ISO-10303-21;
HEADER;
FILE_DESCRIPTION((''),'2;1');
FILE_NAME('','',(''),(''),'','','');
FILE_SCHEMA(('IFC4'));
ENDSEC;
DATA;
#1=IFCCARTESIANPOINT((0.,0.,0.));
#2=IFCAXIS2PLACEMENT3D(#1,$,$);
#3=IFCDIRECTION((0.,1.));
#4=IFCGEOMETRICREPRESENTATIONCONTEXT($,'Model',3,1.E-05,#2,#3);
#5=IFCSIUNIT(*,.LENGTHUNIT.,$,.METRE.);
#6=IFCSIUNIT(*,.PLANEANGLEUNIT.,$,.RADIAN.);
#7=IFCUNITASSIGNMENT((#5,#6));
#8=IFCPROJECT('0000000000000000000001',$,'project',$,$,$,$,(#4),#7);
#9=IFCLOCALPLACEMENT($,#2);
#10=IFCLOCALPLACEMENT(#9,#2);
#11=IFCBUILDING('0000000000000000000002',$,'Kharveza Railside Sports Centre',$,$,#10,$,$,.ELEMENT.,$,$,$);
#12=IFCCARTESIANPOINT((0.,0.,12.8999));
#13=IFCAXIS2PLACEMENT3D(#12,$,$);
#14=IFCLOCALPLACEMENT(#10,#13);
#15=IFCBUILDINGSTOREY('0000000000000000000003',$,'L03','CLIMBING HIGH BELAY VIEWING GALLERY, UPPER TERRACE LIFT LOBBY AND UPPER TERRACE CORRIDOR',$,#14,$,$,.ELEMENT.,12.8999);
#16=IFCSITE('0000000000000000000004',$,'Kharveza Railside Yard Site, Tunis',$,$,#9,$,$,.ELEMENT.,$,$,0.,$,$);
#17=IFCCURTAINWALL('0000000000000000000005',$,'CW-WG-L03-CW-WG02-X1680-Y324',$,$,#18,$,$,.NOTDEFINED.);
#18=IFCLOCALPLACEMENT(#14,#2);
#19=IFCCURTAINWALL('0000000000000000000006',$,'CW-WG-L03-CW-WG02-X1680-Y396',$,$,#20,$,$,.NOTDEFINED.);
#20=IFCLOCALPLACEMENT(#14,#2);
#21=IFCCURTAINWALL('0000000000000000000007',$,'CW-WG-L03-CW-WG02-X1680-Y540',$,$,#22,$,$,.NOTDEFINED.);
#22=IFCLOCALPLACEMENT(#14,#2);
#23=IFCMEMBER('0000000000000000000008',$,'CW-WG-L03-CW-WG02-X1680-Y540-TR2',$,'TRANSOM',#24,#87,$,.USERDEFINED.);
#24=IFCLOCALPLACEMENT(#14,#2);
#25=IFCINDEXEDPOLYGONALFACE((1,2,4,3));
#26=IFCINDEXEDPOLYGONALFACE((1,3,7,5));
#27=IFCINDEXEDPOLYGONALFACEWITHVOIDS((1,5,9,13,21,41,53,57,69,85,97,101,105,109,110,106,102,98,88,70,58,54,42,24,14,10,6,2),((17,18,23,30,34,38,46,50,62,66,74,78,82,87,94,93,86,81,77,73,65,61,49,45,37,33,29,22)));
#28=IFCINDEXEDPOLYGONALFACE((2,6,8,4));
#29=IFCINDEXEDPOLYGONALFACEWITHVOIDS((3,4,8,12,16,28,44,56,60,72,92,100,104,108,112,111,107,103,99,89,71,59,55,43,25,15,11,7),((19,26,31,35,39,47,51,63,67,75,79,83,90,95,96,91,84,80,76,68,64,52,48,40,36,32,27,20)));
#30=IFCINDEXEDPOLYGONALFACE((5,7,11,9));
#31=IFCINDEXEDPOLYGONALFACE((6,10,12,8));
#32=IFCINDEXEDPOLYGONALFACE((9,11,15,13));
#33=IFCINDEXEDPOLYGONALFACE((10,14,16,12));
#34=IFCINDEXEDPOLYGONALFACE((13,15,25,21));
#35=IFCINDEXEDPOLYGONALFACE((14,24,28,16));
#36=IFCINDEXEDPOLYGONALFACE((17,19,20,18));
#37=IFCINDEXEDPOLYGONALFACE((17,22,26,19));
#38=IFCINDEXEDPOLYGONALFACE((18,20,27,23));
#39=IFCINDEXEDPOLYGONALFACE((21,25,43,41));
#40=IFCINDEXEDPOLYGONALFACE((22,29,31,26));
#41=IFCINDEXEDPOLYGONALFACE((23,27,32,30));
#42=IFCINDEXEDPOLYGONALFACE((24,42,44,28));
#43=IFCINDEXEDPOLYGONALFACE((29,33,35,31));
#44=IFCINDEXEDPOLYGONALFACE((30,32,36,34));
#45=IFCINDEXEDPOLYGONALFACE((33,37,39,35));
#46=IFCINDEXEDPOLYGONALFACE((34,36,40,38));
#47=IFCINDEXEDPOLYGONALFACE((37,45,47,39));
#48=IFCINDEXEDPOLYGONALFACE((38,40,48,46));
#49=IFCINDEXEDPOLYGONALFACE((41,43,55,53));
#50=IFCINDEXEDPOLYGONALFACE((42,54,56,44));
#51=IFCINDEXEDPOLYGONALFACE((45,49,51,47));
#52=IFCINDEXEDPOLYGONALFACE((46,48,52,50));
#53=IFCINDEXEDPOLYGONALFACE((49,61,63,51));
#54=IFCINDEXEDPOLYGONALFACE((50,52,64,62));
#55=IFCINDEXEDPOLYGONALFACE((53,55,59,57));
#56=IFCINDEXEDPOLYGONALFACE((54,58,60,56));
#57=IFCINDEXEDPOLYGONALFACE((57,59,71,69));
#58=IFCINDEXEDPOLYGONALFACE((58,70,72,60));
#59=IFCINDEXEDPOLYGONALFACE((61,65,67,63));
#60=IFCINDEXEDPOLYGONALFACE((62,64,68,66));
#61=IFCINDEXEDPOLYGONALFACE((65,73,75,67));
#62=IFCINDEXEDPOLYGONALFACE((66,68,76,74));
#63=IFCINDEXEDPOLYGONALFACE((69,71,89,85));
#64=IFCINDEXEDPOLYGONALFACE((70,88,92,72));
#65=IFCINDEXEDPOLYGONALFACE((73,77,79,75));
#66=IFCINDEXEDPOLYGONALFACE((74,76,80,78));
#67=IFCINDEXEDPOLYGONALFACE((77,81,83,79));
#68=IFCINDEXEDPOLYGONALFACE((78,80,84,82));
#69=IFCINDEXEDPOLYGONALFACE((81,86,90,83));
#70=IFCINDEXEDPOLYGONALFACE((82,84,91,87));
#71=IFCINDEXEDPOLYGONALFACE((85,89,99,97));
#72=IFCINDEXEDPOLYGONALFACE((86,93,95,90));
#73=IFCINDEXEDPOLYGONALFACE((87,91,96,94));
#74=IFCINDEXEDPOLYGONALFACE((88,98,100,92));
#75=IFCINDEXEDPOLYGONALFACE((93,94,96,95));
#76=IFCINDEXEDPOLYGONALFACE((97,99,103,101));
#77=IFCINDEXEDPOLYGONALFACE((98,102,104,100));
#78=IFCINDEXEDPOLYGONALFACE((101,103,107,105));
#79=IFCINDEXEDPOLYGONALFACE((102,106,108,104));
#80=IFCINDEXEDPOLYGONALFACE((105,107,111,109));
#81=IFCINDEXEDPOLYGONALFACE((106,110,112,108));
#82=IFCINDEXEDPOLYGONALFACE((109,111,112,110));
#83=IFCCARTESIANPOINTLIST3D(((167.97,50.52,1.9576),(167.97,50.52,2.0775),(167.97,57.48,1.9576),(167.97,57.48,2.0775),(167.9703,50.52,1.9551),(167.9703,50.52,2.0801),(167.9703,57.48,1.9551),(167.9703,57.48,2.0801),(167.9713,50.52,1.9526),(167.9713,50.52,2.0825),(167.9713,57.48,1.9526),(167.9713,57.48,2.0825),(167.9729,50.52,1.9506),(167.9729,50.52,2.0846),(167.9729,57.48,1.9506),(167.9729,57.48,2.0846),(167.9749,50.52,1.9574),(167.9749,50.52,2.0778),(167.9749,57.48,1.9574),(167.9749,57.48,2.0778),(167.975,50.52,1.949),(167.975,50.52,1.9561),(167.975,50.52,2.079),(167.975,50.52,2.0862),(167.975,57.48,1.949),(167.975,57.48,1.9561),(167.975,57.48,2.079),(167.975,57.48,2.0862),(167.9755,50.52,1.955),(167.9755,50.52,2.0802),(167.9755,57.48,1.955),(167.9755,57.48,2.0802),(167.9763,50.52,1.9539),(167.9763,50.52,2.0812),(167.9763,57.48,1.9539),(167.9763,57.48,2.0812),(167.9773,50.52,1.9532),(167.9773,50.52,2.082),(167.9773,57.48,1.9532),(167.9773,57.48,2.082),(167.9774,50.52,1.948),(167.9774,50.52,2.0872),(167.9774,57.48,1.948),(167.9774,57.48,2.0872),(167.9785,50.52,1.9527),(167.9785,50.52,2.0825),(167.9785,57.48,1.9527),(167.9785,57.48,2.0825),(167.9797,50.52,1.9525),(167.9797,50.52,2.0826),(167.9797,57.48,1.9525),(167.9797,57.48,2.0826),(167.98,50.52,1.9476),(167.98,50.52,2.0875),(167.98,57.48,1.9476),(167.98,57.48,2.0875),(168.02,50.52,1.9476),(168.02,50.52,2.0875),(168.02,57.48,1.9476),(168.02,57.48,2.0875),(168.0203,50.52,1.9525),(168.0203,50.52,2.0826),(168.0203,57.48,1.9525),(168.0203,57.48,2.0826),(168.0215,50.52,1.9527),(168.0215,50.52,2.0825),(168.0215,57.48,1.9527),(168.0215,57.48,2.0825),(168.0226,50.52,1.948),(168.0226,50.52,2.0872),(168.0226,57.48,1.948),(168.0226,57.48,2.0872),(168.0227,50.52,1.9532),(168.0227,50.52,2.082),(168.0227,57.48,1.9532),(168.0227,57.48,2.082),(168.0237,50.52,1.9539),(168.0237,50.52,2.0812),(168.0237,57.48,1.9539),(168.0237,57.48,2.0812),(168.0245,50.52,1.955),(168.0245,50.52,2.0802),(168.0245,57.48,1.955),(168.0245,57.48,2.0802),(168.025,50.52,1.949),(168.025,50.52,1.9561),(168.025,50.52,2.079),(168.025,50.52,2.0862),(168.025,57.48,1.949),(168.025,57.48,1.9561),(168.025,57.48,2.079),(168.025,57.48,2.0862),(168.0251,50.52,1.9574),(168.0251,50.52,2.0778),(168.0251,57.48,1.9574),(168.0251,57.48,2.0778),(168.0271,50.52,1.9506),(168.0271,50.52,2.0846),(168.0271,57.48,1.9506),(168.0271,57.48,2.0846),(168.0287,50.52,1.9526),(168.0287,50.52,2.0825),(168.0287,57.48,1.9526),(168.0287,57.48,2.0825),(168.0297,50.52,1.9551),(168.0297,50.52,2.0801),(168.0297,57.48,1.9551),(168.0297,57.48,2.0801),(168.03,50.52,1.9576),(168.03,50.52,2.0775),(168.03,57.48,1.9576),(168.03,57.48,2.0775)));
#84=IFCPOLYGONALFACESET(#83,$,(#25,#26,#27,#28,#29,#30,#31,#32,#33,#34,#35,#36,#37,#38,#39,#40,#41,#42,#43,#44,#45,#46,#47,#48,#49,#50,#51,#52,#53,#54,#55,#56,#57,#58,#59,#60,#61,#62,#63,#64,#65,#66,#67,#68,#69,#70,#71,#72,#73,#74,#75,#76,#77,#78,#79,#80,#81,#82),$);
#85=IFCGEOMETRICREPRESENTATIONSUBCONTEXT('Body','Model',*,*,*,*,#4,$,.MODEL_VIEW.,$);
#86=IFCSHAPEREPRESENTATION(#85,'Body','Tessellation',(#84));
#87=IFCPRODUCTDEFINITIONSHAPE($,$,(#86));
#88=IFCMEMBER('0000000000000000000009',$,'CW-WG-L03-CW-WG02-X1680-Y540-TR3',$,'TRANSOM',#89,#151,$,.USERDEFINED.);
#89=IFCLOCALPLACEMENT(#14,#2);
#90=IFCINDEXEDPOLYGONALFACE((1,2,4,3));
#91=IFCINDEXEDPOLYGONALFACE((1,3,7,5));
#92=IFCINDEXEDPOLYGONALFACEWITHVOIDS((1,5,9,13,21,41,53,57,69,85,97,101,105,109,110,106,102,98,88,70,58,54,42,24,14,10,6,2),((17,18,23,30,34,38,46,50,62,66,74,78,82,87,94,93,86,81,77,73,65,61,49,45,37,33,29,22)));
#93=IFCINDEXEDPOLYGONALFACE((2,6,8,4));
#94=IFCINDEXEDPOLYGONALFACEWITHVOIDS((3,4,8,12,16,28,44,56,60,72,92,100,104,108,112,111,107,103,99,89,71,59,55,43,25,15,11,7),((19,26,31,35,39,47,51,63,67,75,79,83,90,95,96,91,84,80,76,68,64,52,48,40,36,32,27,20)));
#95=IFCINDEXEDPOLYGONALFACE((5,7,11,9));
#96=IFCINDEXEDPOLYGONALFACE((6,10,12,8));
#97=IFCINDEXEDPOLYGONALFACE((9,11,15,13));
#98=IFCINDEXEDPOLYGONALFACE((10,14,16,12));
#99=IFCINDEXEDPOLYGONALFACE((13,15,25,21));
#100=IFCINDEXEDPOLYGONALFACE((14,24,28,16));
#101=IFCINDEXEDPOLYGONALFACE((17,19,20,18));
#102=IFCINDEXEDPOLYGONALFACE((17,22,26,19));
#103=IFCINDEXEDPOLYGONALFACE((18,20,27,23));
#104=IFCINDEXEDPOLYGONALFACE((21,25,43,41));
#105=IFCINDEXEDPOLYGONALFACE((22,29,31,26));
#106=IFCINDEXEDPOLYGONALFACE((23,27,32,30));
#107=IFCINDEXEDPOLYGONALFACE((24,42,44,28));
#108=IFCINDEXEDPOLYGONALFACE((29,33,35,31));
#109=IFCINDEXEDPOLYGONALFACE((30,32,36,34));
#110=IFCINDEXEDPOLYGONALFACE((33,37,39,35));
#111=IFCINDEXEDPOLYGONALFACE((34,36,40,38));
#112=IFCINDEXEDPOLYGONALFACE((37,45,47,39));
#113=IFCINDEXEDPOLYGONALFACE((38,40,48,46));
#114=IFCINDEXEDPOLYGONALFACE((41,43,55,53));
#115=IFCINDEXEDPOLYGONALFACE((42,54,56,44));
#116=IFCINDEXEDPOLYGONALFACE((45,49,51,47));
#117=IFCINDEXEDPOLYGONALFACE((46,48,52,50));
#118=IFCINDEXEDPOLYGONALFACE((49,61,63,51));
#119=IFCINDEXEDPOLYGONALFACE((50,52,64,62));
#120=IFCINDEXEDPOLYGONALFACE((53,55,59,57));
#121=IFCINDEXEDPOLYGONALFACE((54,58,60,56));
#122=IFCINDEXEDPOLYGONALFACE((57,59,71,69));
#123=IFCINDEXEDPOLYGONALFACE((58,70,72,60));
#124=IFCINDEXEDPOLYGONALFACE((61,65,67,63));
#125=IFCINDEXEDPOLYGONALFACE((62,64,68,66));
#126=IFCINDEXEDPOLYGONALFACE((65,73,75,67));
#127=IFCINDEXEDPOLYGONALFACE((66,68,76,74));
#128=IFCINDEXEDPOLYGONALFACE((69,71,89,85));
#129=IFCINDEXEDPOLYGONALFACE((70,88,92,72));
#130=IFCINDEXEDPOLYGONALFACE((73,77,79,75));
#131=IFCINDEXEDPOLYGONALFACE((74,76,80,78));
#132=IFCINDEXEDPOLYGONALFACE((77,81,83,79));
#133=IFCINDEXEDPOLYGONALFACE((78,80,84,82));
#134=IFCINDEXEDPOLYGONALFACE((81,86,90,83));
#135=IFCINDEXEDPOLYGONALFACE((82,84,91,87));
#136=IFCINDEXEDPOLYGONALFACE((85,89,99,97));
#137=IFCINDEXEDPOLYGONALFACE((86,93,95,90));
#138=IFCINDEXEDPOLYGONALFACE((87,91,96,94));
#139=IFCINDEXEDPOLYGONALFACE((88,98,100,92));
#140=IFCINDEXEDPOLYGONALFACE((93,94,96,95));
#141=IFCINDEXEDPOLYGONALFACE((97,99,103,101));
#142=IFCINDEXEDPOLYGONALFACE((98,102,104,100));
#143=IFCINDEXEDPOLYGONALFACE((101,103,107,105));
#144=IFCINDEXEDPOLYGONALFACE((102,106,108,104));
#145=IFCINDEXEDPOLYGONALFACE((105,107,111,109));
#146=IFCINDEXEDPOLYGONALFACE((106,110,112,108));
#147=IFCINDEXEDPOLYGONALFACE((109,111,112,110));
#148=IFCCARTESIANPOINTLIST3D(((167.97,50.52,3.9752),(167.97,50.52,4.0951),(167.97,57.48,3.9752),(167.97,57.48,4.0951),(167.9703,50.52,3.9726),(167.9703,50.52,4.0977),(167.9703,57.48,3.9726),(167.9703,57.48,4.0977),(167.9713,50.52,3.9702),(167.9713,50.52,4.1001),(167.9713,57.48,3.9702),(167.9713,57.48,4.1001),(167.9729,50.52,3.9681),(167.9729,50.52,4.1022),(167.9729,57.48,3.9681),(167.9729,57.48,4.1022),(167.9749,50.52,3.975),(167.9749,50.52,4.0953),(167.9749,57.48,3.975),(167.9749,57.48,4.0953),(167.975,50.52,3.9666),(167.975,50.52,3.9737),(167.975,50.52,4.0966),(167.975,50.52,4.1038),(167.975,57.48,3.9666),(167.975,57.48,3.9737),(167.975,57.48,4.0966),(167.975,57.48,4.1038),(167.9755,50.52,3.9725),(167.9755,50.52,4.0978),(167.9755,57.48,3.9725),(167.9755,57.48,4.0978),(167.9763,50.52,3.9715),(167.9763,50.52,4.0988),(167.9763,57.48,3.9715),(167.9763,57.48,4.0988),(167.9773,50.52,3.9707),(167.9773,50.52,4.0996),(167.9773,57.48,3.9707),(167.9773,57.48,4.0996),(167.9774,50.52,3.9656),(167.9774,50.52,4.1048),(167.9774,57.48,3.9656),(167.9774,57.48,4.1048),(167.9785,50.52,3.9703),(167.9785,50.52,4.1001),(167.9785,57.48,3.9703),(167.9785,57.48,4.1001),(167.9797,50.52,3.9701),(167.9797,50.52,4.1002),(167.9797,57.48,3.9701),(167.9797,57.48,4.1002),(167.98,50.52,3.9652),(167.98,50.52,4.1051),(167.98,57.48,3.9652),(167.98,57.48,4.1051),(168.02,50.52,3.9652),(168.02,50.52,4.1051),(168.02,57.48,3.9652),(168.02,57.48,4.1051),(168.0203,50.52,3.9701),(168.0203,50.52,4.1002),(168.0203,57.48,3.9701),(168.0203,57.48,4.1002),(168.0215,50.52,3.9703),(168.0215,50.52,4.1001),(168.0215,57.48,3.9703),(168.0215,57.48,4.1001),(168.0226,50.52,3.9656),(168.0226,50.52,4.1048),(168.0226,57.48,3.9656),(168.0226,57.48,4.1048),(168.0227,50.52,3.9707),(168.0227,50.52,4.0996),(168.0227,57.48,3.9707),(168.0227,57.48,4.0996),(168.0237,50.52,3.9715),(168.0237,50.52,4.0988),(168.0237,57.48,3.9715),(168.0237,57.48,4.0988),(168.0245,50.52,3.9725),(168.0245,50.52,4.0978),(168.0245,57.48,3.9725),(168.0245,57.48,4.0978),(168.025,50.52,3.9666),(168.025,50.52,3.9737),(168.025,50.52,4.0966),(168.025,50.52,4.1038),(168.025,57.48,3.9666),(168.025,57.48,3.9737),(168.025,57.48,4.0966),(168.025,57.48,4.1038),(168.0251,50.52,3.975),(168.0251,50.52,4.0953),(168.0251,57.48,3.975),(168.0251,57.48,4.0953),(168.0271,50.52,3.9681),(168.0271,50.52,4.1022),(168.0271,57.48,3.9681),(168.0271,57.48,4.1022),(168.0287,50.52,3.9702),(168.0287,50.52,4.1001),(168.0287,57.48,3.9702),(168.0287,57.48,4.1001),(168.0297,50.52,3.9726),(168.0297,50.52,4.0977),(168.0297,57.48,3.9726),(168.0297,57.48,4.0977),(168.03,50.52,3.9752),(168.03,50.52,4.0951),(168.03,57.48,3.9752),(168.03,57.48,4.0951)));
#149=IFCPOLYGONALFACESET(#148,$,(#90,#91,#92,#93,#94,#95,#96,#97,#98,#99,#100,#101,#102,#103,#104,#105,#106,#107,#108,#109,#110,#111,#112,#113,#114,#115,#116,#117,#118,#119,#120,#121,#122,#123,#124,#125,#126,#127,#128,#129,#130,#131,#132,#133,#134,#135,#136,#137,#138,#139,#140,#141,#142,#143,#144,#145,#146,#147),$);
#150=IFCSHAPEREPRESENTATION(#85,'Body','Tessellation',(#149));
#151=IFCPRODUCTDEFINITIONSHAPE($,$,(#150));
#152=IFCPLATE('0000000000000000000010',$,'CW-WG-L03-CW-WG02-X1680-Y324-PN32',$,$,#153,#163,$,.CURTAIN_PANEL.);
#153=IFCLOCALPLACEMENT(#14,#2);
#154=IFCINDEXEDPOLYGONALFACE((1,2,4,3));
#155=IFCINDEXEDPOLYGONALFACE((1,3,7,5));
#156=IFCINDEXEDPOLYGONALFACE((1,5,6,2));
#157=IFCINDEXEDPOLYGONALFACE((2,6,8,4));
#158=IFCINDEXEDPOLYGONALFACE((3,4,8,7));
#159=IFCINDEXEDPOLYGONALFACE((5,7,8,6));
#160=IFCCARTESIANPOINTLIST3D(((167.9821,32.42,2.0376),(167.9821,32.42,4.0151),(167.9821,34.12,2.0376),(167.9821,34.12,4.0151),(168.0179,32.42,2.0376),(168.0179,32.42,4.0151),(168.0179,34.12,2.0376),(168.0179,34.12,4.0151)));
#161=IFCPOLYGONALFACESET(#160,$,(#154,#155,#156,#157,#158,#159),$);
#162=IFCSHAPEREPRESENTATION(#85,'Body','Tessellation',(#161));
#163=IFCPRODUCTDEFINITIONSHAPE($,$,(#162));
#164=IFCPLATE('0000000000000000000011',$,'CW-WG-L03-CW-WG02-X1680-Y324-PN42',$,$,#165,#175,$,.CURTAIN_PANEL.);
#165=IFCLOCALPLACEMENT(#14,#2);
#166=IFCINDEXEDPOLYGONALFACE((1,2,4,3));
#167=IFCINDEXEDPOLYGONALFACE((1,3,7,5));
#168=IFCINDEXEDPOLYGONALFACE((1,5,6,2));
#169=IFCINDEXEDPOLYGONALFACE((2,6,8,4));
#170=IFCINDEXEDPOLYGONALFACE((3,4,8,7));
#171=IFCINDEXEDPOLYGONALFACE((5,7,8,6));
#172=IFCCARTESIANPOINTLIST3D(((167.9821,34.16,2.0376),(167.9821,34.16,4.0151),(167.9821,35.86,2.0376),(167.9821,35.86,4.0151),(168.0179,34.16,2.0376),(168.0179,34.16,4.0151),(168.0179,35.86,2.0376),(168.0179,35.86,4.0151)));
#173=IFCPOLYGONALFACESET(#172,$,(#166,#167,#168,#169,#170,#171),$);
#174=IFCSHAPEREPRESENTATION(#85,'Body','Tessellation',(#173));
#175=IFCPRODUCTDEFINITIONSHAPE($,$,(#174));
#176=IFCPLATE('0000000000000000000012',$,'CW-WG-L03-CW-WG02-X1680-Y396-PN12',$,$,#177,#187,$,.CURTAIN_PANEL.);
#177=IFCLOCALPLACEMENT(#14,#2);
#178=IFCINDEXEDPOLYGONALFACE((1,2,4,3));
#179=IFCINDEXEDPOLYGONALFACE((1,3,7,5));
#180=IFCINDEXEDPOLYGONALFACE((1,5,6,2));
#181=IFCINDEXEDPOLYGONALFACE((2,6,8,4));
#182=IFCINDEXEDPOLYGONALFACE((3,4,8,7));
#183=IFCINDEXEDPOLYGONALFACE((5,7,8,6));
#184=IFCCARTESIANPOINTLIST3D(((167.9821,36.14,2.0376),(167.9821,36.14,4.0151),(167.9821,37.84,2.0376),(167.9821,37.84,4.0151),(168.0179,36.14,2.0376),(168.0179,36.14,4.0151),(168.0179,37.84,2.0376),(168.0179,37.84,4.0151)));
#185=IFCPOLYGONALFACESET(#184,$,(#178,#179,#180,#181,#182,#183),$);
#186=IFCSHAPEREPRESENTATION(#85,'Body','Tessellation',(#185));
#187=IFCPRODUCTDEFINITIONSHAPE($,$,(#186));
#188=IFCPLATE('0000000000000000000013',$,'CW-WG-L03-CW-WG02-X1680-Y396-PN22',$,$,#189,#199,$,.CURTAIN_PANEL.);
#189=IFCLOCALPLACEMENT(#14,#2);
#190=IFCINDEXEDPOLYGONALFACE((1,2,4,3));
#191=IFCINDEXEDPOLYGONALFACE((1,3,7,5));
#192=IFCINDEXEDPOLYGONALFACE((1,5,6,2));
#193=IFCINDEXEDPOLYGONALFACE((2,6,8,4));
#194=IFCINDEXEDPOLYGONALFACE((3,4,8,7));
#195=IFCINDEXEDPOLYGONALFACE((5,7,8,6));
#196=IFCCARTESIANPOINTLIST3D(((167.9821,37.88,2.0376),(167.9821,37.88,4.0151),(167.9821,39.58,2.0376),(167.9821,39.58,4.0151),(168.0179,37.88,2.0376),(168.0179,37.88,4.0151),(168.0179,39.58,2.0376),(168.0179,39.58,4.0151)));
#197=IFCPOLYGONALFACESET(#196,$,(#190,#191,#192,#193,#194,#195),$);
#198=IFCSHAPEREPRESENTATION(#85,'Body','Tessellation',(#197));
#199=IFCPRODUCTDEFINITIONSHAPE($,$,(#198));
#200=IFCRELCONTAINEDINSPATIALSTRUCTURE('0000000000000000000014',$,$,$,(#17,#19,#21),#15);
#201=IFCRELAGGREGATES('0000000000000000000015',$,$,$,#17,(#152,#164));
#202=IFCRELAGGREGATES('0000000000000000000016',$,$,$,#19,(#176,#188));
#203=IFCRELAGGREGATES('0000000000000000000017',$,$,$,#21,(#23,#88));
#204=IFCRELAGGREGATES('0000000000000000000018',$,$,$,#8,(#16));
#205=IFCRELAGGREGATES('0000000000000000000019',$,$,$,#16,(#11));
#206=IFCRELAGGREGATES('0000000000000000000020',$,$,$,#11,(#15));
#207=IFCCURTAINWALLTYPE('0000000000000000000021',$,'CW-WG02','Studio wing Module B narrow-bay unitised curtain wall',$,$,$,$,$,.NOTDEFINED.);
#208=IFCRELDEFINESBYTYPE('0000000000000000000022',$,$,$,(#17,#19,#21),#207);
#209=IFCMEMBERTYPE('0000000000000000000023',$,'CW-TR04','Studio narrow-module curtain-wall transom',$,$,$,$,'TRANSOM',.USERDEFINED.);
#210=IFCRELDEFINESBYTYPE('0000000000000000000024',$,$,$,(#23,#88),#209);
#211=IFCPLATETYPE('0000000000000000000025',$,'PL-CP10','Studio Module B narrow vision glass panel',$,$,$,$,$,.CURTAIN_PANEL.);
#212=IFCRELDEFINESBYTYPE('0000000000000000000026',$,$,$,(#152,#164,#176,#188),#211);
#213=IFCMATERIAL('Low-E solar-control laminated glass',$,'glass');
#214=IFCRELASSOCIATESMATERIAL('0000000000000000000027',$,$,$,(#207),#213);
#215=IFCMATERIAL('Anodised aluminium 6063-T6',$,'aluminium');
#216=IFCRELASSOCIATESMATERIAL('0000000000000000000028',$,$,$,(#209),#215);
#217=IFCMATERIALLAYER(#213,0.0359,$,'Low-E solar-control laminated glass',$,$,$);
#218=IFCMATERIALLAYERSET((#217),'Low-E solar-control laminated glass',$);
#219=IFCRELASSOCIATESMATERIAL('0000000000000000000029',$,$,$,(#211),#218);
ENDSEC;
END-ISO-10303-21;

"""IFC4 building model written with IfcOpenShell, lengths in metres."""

from ifc_helpers import new_model, si_unit, direction, frame, origin, origin_2d, place, context, subcontext, project, spatial, rectangle, hollow_rectangle, extrude, material, layer, layer_set, material_profile, profile_set, type_object, element, aggregate, save


model = new_model("IFC4")

# Units and contexts
model_context = context("Model", 3, precision=1e-05, world=origin(), true_north=direction((0.0, 1.0)))
body_context = subcontext(model_context, "Body", "Model", "MODEL_VIEW")
ifc_project = project(units=[si_unit("LENGTHUNIT", "METRE"), si_unit("PLANEANGLEUNIT", "RADIAN")], contexts=[model_context])

# Site, building, storey
site_placement = place(None, origin())
site = spatial("IfcSite", under=ifc_project, at=site_placement, Name="Kharveza Railside Yard Site, Tunis", CompositionType="ELEMENT", RefElevation=0.0)
building_placement = place(site_placement, origin())
building = spatial("IfcBuilding", under=site, at=building_placement, Name="Kharveza Railside Sports Centre", CompositionType="ELEMENT")
storey_placement = place(building_placement, frame((0.0, 0.0, 12.8999)))
storey = spatial("IfcBuildingStorey", under=building, at=storey_placement, Name="L03", Description="CLIMBING HIGH BELAY VIEWING GALLERY, UPPER TERRACE LIFT LOBBY AND UPPER TERRACE CORRIDOR", CompositionType="ELEMENT", Elevation=12.8999)

# Curtain walls
ifc_material_1 = material(Name="Low-E solar-control laminated glass", Category="glass")
curtain_wall_type = type_object("IfcCurtainWallType", Name="CW-WG02", Description="Studio wing Module B narrow-bay unitised curtain wall", PredefinedType="NOTDEFINED", material=ifc_material_1)
curtain_wall_1_placement = place(storey_placement, origin())
curtain_wall_1 = element("IfcCurtainWall", 1, at=curtain_wall_1_placement, inside=storey, type_object=curtain_wall_type, Name="CW-WG-L03-CW-WG02-X1680-Y324", PredefinedType="NOTDEFINED")
ifc_material_2 = material(Name="Anodised aluminium 6063-T6", Category="aluminium")
curtain_wall_2_placement = place(storey_placement, origin())
curtain_wall_2 = element("IfcCurtainWall", 2, at=curtain_wall_2_placement, inside=storey, type_object=curtain_wall_type, Name="CW-WG-L03-CW-WG02-X1680-Y396", PredefinedType="NOTDEFINED")

# Curtain wall
curtain_wall_3_placement = place(storey_placement, origin())
curtain_wall_3 = element("IfcCurtainWall", 3, at=curtain_wall_3_placement, inside=storey, type_object=curtain_wall_type, Name="CW-WG-L03-CW-WG02-X1680-Y540", PredefinedType="NOTDEFINED")

# Members
ifc_material_profile_1 = material_profile(ifc_material_2, hollow_rectangle(XDim=0.0601, YDim=0.1399, WallThickness=0.0049, InnerFilletRadius=0.0049, OuterFilletRadius=0.01, at=origin_2d()), Name="RHS 60x140x5.0")
ifc_profile_set_1 = profile_set([ifc_material_profile_1], Name="Anodised aluminium 6063-T6")
member_type_1 = type_object("IfcMemberType", Name="CW-TR04", Description="Studio narrow-module curtain-wall transom", ElementType="TRANSOM", PredefinedType="USERDEFINED", material=ifc_profile_set_1)
member_1_placement = place(storey_placement, frame((168.0, 50.52, 2.0176), z_axis=(0.0, 1.0, 0.0), x_axis=(-1.0, 0.0, 0.0)))
member_1 = element("IfcMember", 4, at=member_1_placement, type_object=member_type_1, Name="CW-WG-L03-CW-WG02-X1680-Y540-TR2", ObjectType="TRANSOM", PredefinedType="USERDEFINED", context=body_context, shape_type="SweptSolid", body=[
    extrude(hollow_rectangle(XDim=0.0601, YDim=0.1399, WallThickness=0.0049, InnerFilletRadius=0.0049, OuterFilletRadius=0.01, at=origin_2d()), origin(), (0.0, 0.0, 1.0), 6.96),
])
member_2_placement = place(storey_placement, frame((168.0, 50.52, 4.0352), z_axis=(0.0, 1.0, 0.0), x_axis=(-1.0, 0.0, 0.0)))
member_2 = element("IfcMember", 5, at=member_2_placement, type_object=member_type_1, Name="CW-WG-L03-CW-WG02-X1680-Y540-TR3", ObjectType="TRANSOM", PredefinedType="USERDEFINED", context=body_context, shape_type="SweptSolid", body=[
    extrude(hollow_rectangle(XDim=0.0601, YDim=0.1399, WallThickness=0.0049, InnerFilletRadius=0.0049, OuterFilletRadius=0.01, at=origin_2d()), origin(), (0.0, 0.0, 1.0), 6.96),
])

# Plates
ifc_layer_1 = layer(ifc_material_1, 0.0359, Name="Low-E solar-control laminated glass")
ifc_layer_set_1 = layer_set([ifc_layer_1], Name="Low-E solar-control laminated glass")
plate_type_1 = type_object("IfcPlateType", Name="PL-CP10", Description="Studio Module B narrow vision glass panel", PredefinedType="CURTAIN_PANEL", material=ifc_layer_set_1)
plate_1_placement = place(storey_placement, frame((168.0, 33.27, 2.0376), z_axis=(0.0, 0.0, 1.0), x_axis=(0.0, 1.0, 0.0)))
plate_1 = element("IfcPlate", 6, at=plate_1_placement, type_object=plate_type_1, Name="CW-WG-L03-CW-WG02-X1680-Y324-PN32", PredefinedType="CURTAIN_PANEL", context=body_context, shape_type="SweptSolid", body=[
    extrude(rectangle(XDim=1.7, YDim=0.0359, at=origin_2d()), origin(), (0.0, 0.0, 1.0), 1.9775),
])
plate_2_placement = place(storey_placement, frame((168.0, 35.01, 2.0376), z_axis=(0.0, 0.0, 1.0), x_axis=(0.0, 1.0, 0.0)))
plate_2 = element("IfcPlate", 7, at=plate_2_placement, type_object=plate_type_1, Name="CW-WG-L03-CW-WG02-X1680-Y324-PN42", PredefinedType="CURTAIN_PANEL", context=body_context, shape_type="SweptSolid", body=[
    extrude(rectangle(XDim=1.7, YDim=0.0359, at=origin_2d()), origin(), (0.0, 0.0, 1.0), 1.9775),
])
plate_3_placement = place(storey_placement, frame((168.0, 36.99, 2.0376), z_axis=(0.0, 0.0, 1.0), x_axis=(0.0, 1.0, 0.0)))
plate_3 = element("IfcPlate", 8, at=plate_3_placement, type_object=plate_type_1, Name="CW-WG-L03-CW-WG02-X1680-Y396-PN12", PredefinedType="CURTAIN_PANEL", context=body_context, shape_type="SweptSolid", body=[
    extrude(rectangle(XDim=1.7, YDim=0.0359, at=origin_2d()), origin(), (0.0, 0.0, 1.0), 1.9775),
])
plate_4_placement = place(storey_placement, frame((168.0, 38.73, 2.0376), z_axis=(0.0, 0.0, 1.0), x_axis=(0.0, 1.0, 0.0)))
plate_4 = element("IfcPlate", 9, at=plate_4_placement, type_object=plate_type_1, Name="CW-WG-L03-CW-WG02-X1680-Y396-PN22", PredefinedType="CURTAIN_PANEL", context=body_context, shape_type="SweptSolid", body=[
    extrude(rectangle(XDim=1.7, YDim=0.0359, at=origin_2d()), origin(), (0.0, 0.0, 1.0), 1.9775),
])
aggregate(curtain_wall_1, [plate_1, plate_2])
aggregate(curtain_wall_2, [plate_3, plate_4])
aggregate(curtain_wall_3, [member_1, member_2])

save(model, "model.ifc")
